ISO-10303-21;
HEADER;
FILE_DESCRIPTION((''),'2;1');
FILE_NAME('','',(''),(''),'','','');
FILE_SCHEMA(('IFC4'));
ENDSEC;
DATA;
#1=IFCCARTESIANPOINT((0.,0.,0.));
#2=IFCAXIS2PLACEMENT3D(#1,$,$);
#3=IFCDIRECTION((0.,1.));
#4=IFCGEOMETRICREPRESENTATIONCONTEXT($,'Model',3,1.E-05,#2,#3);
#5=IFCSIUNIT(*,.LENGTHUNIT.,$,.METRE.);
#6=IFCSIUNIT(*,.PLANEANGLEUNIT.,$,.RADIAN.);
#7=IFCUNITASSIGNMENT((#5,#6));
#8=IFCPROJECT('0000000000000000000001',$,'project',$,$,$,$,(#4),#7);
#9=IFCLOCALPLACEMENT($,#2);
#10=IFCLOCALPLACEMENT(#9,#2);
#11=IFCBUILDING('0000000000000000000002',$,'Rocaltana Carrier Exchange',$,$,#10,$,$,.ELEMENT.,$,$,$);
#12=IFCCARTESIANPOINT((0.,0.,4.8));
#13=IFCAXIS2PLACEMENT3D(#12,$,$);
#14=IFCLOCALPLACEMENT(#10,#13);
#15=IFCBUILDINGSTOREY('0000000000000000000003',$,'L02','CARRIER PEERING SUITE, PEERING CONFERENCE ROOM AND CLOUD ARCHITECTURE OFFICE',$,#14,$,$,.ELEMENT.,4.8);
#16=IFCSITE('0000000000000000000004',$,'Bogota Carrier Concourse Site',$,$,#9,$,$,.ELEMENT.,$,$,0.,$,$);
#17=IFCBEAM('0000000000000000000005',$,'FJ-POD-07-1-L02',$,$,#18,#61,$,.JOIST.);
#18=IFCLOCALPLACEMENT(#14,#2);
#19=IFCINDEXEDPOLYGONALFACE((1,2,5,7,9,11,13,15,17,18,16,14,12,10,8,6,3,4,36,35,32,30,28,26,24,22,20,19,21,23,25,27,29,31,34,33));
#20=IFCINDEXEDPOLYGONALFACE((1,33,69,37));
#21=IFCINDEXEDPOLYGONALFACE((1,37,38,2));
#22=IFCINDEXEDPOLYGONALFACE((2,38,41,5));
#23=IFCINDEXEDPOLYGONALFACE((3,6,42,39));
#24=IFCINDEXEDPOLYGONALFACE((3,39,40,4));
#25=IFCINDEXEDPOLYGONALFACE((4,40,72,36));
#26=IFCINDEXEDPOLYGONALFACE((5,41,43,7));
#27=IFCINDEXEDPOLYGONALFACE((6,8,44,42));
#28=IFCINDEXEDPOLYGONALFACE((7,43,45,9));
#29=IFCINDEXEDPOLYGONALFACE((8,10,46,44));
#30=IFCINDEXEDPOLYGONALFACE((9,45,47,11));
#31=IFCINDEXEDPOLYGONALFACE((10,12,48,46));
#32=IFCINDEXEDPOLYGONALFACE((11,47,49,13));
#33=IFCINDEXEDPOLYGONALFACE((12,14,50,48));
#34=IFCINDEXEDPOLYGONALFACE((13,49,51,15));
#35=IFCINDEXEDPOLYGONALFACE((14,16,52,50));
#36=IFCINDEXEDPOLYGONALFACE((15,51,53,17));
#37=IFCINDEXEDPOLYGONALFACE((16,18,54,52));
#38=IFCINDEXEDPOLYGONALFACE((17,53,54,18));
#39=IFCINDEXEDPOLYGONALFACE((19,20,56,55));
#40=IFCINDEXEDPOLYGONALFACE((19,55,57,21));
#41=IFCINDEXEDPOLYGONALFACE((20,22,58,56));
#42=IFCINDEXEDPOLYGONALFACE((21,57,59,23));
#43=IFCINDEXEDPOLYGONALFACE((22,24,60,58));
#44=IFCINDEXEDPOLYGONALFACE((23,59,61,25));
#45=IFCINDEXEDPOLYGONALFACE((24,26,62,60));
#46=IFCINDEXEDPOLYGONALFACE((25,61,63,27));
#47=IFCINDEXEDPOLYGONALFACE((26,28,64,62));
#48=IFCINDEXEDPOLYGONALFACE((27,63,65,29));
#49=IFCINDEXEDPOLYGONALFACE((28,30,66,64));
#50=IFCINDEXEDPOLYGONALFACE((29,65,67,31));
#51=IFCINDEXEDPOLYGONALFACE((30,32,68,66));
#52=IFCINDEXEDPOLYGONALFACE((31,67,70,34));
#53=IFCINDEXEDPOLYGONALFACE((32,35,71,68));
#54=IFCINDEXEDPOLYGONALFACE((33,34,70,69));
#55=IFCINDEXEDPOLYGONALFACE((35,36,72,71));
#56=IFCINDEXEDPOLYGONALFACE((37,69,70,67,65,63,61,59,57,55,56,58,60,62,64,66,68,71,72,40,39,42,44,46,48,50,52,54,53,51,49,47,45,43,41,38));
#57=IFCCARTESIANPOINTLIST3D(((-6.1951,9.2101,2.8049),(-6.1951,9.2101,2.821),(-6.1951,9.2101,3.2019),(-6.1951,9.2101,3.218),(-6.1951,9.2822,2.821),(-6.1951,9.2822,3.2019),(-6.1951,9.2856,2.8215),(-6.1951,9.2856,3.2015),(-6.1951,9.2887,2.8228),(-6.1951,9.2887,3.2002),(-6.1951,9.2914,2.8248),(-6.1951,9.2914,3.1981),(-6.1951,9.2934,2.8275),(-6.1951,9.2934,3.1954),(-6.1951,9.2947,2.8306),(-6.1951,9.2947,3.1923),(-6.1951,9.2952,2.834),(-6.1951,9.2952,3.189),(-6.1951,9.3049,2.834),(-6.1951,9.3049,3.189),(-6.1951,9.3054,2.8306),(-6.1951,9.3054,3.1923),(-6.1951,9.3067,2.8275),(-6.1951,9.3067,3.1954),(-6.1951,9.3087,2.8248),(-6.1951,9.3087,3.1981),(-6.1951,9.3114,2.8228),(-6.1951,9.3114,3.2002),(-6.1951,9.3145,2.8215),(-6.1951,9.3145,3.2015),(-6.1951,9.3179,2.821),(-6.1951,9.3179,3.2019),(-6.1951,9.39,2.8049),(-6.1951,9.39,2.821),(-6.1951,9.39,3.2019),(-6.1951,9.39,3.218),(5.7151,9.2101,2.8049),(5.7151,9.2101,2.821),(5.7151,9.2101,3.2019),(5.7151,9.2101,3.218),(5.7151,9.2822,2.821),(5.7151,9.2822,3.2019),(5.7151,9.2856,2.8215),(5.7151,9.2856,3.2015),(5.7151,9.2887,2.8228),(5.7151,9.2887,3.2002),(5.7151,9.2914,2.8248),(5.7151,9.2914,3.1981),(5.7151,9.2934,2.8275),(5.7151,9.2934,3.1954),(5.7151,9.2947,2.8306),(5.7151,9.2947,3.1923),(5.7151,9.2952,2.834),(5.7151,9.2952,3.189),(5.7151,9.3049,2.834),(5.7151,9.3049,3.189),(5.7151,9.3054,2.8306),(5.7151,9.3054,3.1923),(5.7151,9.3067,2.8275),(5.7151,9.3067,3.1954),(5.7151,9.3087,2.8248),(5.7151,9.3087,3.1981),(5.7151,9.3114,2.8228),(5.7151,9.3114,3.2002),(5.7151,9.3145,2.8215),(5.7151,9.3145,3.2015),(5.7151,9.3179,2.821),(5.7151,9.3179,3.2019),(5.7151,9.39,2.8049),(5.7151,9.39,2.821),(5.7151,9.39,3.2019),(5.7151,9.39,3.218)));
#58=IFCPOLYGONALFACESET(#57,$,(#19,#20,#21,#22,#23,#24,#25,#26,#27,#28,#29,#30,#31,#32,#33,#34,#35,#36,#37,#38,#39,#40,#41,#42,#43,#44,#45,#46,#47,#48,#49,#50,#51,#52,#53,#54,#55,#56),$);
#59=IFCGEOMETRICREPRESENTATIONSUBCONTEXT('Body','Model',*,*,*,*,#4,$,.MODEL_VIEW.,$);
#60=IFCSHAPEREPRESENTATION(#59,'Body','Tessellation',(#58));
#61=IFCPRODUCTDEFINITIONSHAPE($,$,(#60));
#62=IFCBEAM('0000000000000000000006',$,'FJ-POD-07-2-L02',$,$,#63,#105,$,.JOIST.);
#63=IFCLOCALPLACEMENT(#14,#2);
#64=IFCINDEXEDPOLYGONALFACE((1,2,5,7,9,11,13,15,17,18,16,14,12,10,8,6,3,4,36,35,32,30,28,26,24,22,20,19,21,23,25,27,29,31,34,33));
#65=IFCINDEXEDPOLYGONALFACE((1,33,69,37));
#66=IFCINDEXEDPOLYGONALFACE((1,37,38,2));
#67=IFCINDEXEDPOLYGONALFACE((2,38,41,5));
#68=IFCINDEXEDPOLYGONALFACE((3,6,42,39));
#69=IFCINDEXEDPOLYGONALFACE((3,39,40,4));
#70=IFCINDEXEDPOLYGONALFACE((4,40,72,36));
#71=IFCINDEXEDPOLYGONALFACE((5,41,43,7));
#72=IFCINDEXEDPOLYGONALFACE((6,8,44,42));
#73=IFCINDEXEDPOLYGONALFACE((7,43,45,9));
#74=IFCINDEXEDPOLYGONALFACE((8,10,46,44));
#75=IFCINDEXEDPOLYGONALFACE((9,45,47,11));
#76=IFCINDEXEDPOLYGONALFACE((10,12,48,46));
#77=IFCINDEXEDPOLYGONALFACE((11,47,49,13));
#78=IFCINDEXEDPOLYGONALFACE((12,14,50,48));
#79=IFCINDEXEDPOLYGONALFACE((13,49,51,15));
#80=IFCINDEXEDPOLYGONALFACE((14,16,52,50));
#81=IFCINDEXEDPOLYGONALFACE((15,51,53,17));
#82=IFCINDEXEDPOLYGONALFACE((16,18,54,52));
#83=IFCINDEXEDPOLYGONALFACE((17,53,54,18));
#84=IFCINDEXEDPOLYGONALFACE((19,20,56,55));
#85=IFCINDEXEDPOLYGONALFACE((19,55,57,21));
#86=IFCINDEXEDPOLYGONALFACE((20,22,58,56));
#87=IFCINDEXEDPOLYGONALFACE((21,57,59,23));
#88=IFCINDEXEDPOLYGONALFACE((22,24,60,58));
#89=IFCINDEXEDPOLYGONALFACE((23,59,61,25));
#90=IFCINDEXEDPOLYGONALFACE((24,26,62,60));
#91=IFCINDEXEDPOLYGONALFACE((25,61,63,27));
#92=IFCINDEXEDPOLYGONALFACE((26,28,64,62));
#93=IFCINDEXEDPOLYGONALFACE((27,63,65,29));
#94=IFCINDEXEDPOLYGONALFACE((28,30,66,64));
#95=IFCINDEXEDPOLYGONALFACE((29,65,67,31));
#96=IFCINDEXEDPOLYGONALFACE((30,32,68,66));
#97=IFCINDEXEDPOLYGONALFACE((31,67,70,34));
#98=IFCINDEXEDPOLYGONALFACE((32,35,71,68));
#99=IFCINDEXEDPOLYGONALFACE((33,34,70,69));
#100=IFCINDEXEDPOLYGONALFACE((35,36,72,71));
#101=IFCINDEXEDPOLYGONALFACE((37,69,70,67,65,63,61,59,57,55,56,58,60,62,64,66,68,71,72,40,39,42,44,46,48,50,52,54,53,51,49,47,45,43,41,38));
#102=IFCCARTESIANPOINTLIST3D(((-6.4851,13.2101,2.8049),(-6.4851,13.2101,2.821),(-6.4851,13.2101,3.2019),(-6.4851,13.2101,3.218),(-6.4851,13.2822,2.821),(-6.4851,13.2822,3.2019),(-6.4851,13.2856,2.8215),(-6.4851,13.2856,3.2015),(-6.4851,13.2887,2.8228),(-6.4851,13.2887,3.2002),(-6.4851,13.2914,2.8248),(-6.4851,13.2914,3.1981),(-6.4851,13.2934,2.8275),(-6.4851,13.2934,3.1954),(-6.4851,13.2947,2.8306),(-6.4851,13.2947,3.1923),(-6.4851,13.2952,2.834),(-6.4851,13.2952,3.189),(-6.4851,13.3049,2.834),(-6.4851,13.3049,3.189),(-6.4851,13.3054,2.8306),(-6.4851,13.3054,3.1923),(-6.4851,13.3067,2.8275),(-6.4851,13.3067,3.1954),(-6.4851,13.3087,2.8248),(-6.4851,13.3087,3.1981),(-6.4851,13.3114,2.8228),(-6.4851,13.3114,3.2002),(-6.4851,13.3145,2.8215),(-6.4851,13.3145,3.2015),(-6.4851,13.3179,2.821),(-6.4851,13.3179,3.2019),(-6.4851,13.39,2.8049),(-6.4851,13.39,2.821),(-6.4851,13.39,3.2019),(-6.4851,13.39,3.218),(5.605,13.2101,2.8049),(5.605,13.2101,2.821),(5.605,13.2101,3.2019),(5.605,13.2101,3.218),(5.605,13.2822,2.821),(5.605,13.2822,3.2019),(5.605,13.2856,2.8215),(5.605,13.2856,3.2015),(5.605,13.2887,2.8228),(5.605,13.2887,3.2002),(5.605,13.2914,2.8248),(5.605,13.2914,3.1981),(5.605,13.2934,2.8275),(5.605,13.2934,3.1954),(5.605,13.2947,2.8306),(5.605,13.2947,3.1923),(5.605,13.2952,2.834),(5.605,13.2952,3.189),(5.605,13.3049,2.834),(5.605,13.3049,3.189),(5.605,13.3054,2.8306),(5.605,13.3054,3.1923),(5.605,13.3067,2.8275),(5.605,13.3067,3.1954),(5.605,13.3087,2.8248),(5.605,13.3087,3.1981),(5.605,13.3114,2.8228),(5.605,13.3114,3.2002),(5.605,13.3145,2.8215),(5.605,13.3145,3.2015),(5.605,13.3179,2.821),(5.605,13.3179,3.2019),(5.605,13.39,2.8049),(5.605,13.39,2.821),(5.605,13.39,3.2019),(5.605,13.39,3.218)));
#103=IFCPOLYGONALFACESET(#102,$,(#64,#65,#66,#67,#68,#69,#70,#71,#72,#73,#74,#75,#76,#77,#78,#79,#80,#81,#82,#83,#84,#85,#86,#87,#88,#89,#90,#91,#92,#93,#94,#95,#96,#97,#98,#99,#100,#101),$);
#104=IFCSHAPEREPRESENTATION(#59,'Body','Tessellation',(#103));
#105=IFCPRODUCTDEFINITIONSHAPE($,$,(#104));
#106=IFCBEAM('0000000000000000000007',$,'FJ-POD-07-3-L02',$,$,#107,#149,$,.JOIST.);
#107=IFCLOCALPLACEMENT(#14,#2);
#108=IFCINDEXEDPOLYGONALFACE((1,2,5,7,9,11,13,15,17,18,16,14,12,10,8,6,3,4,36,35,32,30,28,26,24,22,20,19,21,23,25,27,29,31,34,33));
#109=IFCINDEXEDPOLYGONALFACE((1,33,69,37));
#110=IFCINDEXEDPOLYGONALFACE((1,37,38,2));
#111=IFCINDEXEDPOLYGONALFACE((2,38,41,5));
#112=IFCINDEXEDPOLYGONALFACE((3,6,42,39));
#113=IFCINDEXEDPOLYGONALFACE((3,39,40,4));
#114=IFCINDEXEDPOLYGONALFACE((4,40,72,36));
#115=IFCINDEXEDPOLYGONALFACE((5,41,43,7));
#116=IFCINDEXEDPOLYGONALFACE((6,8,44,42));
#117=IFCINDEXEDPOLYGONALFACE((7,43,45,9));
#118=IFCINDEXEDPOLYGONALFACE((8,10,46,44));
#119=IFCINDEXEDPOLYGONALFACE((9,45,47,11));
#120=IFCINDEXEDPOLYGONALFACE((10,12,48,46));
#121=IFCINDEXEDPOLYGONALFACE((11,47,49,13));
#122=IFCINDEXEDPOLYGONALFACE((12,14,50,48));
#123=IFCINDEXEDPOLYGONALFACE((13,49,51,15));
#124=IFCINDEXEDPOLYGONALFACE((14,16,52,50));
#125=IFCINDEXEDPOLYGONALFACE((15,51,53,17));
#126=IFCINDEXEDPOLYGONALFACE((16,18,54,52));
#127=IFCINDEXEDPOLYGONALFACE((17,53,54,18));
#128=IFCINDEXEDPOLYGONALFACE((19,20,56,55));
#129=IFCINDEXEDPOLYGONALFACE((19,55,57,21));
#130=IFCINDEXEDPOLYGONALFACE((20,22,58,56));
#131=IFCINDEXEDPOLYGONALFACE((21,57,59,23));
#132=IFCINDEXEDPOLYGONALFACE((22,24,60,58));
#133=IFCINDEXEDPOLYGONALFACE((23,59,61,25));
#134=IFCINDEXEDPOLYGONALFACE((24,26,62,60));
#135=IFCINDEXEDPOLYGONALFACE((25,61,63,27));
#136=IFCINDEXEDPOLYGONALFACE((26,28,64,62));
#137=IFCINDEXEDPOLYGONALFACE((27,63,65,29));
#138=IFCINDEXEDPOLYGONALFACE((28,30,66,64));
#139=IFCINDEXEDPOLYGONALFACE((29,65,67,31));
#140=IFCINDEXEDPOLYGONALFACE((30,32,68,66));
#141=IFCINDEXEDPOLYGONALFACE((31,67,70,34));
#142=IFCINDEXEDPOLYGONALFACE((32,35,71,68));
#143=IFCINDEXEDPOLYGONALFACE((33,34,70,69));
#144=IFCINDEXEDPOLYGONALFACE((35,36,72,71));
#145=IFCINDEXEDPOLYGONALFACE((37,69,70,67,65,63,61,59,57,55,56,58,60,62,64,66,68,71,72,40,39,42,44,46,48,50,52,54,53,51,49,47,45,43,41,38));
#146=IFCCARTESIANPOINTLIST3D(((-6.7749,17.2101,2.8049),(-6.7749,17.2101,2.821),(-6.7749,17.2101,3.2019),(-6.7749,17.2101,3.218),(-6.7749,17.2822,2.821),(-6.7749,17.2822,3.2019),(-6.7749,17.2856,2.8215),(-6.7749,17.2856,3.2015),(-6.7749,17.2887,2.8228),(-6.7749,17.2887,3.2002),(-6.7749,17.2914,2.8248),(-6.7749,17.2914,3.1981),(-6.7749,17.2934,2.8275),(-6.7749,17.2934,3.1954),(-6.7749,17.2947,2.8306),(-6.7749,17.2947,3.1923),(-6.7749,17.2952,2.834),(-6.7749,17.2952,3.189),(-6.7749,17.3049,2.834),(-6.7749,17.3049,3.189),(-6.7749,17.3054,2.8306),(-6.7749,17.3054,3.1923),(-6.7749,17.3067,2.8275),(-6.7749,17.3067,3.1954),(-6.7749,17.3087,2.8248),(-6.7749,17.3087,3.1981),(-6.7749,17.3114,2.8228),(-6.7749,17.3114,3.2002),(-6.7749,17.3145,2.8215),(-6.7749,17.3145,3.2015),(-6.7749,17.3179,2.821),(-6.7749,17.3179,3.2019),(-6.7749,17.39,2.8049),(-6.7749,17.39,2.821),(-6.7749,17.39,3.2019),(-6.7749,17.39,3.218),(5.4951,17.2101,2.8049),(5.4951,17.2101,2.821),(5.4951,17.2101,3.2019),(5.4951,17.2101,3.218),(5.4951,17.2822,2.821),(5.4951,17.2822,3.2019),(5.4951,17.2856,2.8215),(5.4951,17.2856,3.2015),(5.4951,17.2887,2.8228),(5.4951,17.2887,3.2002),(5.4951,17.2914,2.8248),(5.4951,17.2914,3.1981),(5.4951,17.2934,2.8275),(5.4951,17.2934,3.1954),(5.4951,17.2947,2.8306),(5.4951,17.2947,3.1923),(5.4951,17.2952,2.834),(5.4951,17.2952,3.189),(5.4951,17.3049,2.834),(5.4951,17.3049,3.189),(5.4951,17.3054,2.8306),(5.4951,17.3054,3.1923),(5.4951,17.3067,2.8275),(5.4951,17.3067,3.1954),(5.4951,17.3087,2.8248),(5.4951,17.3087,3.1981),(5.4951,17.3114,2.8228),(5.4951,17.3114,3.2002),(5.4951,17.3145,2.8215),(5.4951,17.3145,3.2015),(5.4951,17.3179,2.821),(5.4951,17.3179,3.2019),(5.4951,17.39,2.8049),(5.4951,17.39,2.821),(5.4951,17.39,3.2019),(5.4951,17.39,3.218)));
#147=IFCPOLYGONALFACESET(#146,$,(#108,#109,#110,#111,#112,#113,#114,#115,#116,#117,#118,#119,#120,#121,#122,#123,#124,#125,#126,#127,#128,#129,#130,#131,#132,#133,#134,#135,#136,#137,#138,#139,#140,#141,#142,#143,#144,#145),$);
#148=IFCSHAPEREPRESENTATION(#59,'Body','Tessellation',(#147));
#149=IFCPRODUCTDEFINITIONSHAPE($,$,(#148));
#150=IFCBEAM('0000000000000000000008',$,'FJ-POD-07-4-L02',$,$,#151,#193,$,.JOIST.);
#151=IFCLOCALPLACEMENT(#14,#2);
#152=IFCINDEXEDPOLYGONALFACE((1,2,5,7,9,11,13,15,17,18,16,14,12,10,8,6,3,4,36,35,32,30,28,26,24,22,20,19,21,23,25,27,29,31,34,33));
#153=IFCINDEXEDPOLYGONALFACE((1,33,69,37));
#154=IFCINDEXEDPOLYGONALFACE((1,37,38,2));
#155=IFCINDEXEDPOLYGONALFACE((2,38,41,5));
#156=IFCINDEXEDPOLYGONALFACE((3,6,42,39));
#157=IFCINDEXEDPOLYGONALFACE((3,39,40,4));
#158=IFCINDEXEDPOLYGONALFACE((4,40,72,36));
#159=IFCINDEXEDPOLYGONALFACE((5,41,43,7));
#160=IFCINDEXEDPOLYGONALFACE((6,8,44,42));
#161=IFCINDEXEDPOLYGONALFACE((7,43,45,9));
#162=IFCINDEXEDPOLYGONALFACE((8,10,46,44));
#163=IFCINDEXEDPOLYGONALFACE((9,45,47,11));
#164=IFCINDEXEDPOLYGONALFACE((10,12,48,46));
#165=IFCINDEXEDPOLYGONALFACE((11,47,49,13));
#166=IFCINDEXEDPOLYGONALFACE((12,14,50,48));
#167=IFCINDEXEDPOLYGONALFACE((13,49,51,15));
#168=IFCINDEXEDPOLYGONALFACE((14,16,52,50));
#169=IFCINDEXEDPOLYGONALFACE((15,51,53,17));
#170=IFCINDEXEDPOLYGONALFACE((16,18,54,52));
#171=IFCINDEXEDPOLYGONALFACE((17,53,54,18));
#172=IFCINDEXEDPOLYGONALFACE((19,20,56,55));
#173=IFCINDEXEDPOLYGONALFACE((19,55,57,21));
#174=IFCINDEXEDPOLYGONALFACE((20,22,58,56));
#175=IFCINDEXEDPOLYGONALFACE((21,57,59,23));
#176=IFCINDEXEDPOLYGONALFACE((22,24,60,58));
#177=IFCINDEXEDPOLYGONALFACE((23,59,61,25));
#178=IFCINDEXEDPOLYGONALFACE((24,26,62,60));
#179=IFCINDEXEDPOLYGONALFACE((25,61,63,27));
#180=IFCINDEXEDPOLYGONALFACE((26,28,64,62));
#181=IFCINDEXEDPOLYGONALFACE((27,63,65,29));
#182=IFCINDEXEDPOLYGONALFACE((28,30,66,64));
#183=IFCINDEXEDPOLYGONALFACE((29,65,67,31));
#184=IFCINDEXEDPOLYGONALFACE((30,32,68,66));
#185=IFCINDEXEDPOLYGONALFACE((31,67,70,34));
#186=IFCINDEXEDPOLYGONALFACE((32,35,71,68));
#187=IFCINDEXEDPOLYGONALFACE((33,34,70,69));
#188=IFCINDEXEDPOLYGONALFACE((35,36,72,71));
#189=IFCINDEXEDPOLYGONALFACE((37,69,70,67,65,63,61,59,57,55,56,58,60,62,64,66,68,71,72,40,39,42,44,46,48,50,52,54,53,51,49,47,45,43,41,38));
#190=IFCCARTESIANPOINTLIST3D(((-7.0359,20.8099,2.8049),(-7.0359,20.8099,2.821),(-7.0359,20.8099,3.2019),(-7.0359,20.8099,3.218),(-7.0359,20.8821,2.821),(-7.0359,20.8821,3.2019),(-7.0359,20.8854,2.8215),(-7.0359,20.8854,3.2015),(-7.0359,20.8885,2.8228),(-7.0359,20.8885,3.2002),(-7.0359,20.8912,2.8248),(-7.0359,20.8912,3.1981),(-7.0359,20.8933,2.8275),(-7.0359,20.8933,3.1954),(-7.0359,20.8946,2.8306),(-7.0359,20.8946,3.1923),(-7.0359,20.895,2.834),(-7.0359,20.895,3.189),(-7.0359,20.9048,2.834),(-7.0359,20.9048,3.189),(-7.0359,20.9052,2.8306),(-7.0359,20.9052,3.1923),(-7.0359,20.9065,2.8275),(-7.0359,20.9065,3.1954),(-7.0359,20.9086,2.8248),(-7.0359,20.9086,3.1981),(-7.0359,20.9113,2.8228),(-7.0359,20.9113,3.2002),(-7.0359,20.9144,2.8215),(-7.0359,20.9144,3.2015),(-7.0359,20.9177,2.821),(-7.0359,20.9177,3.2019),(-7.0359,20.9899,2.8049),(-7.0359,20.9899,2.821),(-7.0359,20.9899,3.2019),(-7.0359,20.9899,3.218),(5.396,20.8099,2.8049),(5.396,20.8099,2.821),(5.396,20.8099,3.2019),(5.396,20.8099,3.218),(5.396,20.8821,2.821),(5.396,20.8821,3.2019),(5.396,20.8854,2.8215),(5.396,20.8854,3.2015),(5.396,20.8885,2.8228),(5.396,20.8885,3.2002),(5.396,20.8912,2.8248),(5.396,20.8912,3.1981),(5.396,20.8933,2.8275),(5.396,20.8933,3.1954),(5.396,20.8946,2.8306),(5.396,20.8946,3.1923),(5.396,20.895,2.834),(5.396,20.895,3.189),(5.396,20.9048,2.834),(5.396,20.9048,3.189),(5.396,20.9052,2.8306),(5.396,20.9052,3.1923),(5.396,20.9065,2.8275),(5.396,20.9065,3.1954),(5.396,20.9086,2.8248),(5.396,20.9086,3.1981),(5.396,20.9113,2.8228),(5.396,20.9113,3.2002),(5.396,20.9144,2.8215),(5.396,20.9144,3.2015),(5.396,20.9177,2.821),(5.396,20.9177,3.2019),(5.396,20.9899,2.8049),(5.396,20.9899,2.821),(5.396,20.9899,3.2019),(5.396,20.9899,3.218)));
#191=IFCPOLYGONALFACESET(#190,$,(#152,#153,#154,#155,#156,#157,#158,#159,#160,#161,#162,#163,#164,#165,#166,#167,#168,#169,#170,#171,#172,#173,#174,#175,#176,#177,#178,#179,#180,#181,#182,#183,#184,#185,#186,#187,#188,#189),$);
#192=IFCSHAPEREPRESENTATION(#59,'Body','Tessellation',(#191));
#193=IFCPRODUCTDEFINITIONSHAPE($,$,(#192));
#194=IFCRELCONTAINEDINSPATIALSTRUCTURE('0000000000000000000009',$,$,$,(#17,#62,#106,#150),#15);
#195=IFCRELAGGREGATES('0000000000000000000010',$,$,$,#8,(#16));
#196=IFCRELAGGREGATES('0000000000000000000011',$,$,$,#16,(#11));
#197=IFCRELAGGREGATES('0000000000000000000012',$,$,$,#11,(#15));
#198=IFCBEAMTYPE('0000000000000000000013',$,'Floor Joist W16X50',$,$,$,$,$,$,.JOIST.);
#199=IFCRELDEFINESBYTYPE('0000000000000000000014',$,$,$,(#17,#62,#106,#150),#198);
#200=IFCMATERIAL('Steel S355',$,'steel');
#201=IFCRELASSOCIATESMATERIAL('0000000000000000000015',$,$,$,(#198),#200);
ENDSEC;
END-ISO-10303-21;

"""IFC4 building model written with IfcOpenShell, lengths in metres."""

from ifc_helpers import new_model, si_unit, direction, frame, origin, origin_2d, place, context, subcontext, project, spatial, i_section, extrude, material, material_profile, profile_set, type_object, element, save


model = new_model("IFC4")

# Units and contexts
model_context = context("Model", 3, precision=1e-05, world=origin(), true_north=direction((0.0, 1.0)))
body_context = subcontext(model_context, "Body", "Model", "MODEL_VIEW")
ifc_project = project(units=[si_unit("LENGTHUNIT", "METRE"), si_unit("PLANEANGLEUNIT", "RADIAN")], contexts=[model_context])

# Site, building, storey
site_placement = place(None, origin())
site = spatial("IfcSite", under=ifc_project, at=site_placement, Name="Bogota Carrier Concourse Site", CompositionType="ELEMENT", RefElevation=0.0)
building_placement = place(site_placement, origin())
building = spatial("IfcBuilding", under=site, at=building_placement, Name="Rocaltana Carrier Exchange", CompositionType="ELEMENT")
storey_placement = place(building_placement, frame((0.0, 0.0, 4.8)))
storey = spatial("IfcBuildingStorey", under=building, at=storey_placement, Name="L02", Description="CARRIER PEERING SUITE, PEERING CONFERENCE ROOM AND CLOUD ARCHITECTURE OFFICE", CompositionType="ELEMENT", Elevation=4.8)

# Beams
ifc_material_1 = material(Name="Steel S355", Category="steel")
ifc_material_profile_1 = material_profile(ifc_material_1, i_section(OverallWidth=0.1799, OverallDepth=0.4131, WebThickness=0.0098, FlangeThickness=0.0161, FilletRadius=0.0129, at=origin_2d()), Name="W16X50")
ifc_profile_set_1 = profile_set([ifc_material_profile_1], Name="Steel S355")
beam_type_1 = type_object("IfcBeamType", Name="Floor Joist W16X50", PredefinedType="JOIST", material=ifc_profile_set_1)
beam_1_placement = place(storey_placement, frame((5.7151, 9.3, 3.0115), z_axis=(-1.0, 0.0, 0.0), x_axis=(0.0, -1.0, 0.0)))
element("IfcBeam", 1, at=beam_1_placement, inside=storey, type_object=beam_type_1, Name="FJ-POD-07-1-L02", PredefinedType="JOIST", context=body_context, shape_type="SweptSolid", body=[
    extrude(i_section(OverallWidth=0.1799, OverallDepth=0.4131, WebThickness=0.0098, FlangeThickness=0.0161, FilletRadius=0.0129, at=origin_2d()), origin(), (0.0, 0.0, 1.0), 11.9102),
])
beam_2_placement = place(storey_placement, frame((5.605, 13.3, 3.0115), z_axis=(-1.0, 0.0, 0.0), x_axis=(0.0, -1.0, 0.0)))
element("IfcBeam", 2, at=beam_2_placement, inside=storey, type_object=beam_type_1, Name="FJ-POD-07-2-L02", PredefinedType="JOIST", context=body_context, shape_type="SweptSolid", body=[
    extrude(i_section(OverallWidth=0.1799, OverallDepth=0.4131, WebThickness=0.0098, FlangeThickness=0.0161, FilletRadius=0.0129, at=origin_2d()), origin(), (0.0, 0.0, 1.0), 12.0901),
])
beam_3_placement = place(storey_placement, frame((5.4951, 17.3, 3.0115), z_axis=(-1.0, 0.0, 0.0), x_axis=(0.0, -1.0, 0.0)))
element("IfcBeam", 3, at=beam_3_placement, inside=storey, type_object=beam_type_1, Name="FJ-POD-07-3-L02", PredefinedType="JOIST", context=body_context, shape_type="SweptSolid", body=[
    extrude(i_section(OverallWidth=0.1799, OverallDepth=0.4131, WebThickness=0.0098, FlangeThickness=0.0161, FilletRadius=0.0129, at=origin_2d()), origin(), (0.0, 0.0, 1.0), 12.27),
])
beam_4_placement = place(storey_placement, frame((5.396, 20.8999, 3.0115), z_axis=(-1.0, 0.0, 0.0), x_axis=(0.0, -1.0, 0.0)))
element("IfcBeam", 4, at=beam_4_placement, inside=storey, type_object=beam_type_1, Name="FJ-POD-07-4-L02", PredefinedType="JOIST", context=body_context, shape_type="SweptSolid", body=[
    extrude(i_section(OverallWidth=0.1799, OverallDepth=0.4131, WebThickness=0.0098, FlangeThickness=0.0161, FilletRadius=0.0129, at=origin_2d()), origin(), (0.0, 0.0, 1.0), 12.4319),
])

save(model, "model.ifc")
